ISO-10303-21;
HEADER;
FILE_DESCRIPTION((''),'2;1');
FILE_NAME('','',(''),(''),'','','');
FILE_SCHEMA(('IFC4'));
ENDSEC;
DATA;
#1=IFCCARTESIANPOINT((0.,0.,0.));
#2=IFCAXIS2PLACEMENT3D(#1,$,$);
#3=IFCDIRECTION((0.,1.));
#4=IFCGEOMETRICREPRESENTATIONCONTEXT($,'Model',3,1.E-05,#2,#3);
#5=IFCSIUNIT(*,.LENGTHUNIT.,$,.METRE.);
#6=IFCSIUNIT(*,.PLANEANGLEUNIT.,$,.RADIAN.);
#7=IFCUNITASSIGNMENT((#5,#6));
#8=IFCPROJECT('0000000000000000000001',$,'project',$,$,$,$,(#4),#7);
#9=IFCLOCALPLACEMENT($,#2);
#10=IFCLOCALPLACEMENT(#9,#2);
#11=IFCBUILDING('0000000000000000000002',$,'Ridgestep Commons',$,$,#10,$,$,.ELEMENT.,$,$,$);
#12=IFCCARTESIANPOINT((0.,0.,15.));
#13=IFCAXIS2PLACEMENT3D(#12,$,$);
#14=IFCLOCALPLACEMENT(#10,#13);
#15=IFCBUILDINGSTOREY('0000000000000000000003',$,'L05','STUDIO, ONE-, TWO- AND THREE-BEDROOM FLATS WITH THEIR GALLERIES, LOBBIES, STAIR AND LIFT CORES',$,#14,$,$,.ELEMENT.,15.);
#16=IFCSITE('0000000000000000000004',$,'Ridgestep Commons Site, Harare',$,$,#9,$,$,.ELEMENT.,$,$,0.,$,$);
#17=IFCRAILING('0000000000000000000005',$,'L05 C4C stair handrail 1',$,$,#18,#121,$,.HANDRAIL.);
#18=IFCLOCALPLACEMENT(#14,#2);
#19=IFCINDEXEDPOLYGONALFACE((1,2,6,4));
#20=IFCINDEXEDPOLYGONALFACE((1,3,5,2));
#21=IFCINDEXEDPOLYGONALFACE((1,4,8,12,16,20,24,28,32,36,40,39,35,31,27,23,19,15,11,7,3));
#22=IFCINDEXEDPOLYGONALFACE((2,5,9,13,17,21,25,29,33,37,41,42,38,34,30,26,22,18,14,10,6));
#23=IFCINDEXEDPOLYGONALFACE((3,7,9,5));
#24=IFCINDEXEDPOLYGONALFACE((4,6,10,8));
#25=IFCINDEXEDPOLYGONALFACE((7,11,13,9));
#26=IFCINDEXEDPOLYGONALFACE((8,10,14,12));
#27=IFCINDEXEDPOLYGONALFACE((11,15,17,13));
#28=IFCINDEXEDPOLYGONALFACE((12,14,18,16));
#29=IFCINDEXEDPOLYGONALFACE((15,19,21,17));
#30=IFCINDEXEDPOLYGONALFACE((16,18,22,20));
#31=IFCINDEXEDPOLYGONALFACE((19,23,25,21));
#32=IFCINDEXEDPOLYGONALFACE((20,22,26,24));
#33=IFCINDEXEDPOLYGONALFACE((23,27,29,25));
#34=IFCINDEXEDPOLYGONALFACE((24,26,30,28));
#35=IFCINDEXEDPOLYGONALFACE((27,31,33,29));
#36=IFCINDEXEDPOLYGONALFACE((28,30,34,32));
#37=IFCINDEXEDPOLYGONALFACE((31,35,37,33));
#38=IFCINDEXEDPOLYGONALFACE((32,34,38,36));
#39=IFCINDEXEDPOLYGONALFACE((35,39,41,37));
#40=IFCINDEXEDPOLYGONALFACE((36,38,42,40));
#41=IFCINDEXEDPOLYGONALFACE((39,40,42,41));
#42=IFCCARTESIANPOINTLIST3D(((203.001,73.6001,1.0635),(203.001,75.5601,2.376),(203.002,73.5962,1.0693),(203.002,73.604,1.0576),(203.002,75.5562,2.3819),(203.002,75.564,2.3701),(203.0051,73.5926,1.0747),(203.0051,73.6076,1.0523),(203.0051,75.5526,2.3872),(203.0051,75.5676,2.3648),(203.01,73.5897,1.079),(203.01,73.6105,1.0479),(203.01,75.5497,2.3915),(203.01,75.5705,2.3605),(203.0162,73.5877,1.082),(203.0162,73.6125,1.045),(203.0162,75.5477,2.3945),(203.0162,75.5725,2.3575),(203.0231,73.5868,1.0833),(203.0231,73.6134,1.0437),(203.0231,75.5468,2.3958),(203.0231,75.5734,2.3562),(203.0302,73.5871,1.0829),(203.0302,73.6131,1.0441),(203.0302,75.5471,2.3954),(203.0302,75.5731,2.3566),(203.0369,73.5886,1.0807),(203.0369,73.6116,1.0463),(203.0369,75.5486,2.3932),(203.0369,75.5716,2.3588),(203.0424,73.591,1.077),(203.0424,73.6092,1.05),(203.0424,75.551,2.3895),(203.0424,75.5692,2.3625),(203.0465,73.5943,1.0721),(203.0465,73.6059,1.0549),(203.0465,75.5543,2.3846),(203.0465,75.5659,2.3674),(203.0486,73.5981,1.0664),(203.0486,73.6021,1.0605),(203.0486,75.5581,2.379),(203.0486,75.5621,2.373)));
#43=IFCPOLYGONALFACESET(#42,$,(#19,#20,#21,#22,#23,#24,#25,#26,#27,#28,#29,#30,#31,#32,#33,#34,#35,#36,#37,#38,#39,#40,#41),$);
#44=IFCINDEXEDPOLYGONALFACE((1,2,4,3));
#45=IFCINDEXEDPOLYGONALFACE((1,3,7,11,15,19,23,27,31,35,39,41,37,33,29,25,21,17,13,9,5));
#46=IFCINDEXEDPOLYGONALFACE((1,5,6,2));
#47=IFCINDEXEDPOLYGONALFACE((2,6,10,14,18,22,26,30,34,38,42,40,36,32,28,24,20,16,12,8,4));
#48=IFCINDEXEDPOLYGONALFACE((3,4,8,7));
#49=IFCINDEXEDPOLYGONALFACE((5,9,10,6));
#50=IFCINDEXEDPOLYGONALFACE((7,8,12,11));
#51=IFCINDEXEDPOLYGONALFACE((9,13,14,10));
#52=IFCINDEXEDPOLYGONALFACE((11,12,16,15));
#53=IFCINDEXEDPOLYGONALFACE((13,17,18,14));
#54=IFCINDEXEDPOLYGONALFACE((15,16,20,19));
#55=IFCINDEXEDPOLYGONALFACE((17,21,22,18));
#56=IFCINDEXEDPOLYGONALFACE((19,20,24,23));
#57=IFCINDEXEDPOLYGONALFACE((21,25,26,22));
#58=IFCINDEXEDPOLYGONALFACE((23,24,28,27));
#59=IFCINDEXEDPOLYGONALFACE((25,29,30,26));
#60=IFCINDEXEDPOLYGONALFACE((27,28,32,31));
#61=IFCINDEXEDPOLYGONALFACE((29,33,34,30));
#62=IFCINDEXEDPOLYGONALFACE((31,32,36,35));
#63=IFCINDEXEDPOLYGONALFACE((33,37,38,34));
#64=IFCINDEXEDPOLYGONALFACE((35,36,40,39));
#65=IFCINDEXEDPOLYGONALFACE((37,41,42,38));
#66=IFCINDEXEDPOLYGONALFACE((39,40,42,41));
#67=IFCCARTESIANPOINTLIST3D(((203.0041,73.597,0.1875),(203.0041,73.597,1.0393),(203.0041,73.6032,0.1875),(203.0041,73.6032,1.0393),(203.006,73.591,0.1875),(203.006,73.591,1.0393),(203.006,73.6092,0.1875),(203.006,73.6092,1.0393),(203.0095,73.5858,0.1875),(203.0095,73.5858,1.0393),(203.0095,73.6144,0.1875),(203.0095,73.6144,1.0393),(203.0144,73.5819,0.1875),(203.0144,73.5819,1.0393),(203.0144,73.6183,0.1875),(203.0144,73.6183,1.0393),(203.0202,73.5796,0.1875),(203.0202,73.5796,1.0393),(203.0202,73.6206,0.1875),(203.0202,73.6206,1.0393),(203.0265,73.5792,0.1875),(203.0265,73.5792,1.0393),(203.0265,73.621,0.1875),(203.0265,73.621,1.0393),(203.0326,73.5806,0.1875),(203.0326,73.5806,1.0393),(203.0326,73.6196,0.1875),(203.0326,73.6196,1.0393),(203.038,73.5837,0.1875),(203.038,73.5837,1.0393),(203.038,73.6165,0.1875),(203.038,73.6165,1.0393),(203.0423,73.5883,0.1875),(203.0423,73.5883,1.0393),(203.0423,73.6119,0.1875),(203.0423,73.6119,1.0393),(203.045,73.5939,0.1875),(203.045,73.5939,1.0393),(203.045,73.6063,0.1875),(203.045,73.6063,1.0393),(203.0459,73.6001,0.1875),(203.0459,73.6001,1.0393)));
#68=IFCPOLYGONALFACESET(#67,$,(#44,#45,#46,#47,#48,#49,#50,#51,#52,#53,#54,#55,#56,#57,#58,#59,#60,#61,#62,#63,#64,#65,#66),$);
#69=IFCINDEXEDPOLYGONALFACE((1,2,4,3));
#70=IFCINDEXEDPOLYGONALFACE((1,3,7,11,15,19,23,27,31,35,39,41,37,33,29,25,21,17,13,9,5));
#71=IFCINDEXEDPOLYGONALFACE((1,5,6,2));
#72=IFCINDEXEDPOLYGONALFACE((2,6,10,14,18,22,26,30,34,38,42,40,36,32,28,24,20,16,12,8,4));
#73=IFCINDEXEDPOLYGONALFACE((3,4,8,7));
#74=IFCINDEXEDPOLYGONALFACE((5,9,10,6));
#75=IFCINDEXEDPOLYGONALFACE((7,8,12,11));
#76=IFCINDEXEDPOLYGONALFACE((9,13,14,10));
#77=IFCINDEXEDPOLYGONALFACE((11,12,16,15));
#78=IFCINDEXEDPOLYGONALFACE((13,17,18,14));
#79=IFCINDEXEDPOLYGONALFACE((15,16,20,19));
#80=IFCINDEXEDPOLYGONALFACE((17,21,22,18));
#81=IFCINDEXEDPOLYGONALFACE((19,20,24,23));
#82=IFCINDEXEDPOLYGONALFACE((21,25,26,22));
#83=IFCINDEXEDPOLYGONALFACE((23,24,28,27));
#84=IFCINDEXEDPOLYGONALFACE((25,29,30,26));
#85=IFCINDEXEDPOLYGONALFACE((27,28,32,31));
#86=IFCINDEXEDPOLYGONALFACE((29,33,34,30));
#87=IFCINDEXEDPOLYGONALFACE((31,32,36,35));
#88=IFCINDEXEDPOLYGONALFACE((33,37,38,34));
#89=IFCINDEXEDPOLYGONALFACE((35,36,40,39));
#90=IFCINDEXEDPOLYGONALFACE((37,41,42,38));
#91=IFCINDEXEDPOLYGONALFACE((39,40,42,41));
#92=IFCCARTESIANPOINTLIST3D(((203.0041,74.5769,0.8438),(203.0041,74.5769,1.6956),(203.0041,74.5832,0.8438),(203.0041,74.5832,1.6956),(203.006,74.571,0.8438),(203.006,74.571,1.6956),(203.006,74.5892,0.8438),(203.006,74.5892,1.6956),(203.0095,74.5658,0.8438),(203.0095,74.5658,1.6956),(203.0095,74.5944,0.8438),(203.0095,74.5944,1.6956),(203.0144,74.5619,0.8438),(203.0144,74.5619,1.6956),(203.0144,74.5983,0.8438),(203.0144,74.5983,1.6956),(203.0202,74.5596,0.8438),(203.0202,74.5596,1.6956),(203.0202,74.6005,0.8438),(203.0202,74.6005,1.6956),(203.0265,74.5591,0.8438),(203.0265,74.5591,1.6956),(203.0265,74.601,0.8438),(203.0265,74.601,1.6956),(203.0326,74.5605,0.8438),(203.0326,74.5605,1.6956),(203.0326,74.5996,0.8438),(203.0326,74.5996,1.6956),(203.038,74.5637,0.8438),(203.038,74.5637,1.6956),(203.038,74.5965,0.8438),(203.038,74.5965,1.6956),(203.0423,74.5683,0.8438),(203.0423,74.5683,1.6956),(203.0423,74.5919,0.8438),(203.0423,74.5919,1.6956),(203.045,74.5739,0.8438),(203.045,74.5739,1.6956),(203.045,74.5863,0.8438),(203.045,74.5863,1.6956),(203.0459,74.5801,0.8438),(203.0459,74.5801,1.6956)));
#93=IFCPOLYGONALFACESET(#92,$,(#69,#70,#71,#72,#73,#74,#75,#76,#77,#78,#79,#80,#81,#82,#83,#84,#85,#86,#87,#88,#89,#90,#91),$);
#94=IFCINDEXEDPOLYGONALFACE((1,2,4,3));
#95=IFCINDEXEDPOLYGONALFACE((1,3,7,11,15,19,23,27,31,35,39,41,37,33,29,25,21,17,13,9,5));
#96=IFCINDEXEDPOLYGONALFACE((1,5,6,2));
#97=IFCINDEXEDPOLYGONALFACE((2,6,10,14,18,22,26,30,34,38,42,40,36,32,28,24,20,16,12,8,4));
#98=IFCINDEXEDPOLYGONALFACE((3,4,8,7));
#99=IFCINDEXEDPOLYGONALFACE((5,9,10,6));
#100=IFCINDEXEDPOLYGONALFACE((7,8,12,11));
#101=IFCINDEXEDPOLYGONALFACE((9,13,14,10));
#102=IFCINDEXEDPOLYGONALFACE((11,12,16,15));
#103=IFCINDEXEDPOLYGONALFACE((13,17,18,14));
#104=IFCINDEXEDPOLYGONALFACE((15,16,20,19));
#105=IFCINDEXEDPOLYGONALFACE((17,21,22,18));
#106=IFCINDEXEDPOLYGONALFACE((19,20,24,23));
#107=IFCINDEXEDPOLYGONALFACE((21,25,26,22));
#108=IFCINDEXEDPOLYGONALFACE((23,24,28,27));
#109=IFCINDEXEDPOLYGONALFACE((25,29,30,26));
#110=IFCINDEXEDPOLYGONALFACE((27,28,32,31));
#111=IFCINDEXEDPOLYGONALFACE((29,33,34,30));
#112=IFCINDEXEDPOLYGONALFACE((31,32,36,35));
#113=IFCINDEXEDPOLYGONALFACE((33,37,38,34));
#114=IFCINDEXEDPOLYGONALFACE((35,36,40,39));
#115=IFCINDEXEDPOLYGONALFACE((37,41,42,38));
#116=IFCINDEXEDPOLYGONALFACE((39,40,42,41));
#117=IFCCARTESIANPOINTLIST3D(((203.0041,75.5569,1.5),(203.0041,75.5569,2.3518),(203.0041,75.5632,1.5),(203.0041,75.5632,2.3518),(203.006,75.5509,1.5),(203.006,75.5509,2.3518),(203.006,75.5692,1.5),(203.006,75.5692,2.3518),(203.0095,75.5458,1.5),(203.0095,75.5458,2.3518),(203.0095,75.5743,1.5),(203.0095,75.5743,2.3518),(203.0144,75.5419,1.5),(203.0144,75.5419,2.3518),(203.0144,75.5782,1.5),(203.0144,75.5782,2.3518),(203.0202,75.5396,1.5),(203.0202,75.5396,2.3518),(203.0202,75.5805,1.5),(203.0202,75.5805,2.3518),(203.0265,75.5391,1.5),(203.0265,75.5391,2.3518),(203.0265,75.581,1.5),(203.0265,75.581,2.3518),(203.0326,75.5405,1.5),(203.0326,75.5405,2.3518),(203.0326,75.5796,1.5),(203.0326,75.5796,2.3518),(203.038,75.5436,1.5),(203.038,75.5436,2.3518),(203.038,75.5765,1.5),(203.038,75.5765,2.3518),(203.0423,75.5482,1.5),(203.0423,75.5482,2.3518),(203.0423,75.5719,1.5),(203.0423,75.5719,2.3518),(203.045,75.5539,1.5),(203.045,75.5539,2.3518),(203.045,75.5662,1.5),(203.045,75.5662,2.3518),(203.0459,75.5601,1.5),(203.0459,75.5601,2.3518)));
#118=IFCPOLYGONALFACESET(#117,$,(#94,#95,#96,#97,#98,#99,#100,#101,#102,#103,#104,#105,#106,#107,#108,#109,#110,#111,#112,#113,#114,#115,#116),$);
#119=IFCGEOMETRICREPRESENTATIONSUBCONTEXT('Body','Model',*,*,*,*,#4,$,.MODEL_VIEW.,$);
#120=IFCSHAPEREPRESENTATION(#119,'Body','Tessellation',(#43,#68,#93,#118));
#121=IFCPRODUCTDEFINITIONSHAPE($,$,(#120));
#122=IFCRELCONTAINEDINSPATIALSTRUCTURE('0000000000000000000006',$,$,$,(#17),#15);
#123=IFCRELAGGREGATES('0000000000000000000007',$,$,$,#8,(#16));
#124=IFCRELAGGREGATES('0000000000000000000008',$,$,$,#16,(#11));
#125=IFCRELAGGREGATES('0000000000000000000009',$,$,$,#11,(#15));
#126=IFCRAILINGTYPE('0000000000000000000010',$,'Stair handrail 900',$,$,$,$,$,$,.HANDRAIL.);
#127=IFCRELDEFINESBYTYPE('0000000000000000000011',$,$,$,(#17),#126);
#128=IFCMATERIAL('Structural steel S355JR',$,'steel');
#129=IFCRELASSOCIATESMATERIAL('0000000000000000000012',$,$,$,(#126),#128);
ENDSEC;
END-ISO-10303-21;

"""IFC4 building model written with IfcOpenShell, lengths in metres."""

from ifc_helpers import new_model, si_unit, direction, frame, origin, origin_2d, place, context, subcontext, project, spatial, circle, extrude, material, type_object, element, save


model = new_model("IFC4")

# Units and contexts
model_context = context("Model", 3, precision=1e-05, world=origin(), true_north=direction((0.0, 1.0)))
body_context = subcontext(model_context, "Body", "Model", "MODEL_VIEW")
ifc_project = project(units=[si_unit("LENGTHUNIT", "METRE"), si_unit("PLANEANGLEUNIT", "RADIAN")], contexts=[model_context])

# Site, building, storey
site_placement = place(None, origin())
site = spatial("IfcSite", under=ifc_project, at=site_placement, Name="Ridgestep Commons Site, Harare", CompositionType="ELEMENT", RefElevation=0.0)
building_placement = place(site_placement, origin())
building = spatial("IfcBuilding", under=site, at=building_placement, Name="Ridgestep Commons", CompositionType="ELEMENT")
storey_placement = place(building_placement, frame((0.0, 0.0, 15.0)))
storey = spatial("IfcBuildingStorey", under=building, at=storey_placement, Name="L05", Description="STUDIO, ONE-, TWO- AND THREE-BEDROOM FLATS WITH THEIR GALLERIES, LOBBIES, STAIR AND LIFT CORES", CompositionType="ELEMENT", Elevation=15.0)

# Railing
ifc_material_1 = material(Name="Structural steel S355JR", Category="steel")
railing_type_1 = type_object("IfcRailingType", Name="Stair handrail 900", PredefinedType="HANDRAIL", material=ifc_material_1)
railing_1_placement = place(storey_placement, frame((203.0249, 73.6001, 0.1875)))
element("IfcRailing", 1, at=railing_1_placement, inside=storey, type_object=railing_type_1, Name="L05 C4C stair handrail 1", PredefinedType="HANDRAIL", context=body_context, shape_type="SweptSolid", body=[
    extrude(circle(Radius=0.0239, at=origin_2d()), frame((0.0, 0.0, 0.876), z_axis=(0.0, 0.830902, 0.556419), x_axis=(-1.0, 0.0, 0.0)), (0.0, 0.0, 1.0), 2.3589),
    extrude(circle(Radius=0.021, at=origin_2d()), origin(), (0.0, 0.0, 1.0), 0.8518),
    extrude(circle(Radius=0.021, at=origin_2d()), frame((0.0, 0.98, 0.6562)), (0.0, 0.0, 1.0), 0.8518),
    extrude(circle(Radius=0.021, at=origin_2d()), frame((0.0, 1.96, 1.3125)), (0.0, 0.0, 1.0), 0.8518),
])

save(model, "model.ifc")
